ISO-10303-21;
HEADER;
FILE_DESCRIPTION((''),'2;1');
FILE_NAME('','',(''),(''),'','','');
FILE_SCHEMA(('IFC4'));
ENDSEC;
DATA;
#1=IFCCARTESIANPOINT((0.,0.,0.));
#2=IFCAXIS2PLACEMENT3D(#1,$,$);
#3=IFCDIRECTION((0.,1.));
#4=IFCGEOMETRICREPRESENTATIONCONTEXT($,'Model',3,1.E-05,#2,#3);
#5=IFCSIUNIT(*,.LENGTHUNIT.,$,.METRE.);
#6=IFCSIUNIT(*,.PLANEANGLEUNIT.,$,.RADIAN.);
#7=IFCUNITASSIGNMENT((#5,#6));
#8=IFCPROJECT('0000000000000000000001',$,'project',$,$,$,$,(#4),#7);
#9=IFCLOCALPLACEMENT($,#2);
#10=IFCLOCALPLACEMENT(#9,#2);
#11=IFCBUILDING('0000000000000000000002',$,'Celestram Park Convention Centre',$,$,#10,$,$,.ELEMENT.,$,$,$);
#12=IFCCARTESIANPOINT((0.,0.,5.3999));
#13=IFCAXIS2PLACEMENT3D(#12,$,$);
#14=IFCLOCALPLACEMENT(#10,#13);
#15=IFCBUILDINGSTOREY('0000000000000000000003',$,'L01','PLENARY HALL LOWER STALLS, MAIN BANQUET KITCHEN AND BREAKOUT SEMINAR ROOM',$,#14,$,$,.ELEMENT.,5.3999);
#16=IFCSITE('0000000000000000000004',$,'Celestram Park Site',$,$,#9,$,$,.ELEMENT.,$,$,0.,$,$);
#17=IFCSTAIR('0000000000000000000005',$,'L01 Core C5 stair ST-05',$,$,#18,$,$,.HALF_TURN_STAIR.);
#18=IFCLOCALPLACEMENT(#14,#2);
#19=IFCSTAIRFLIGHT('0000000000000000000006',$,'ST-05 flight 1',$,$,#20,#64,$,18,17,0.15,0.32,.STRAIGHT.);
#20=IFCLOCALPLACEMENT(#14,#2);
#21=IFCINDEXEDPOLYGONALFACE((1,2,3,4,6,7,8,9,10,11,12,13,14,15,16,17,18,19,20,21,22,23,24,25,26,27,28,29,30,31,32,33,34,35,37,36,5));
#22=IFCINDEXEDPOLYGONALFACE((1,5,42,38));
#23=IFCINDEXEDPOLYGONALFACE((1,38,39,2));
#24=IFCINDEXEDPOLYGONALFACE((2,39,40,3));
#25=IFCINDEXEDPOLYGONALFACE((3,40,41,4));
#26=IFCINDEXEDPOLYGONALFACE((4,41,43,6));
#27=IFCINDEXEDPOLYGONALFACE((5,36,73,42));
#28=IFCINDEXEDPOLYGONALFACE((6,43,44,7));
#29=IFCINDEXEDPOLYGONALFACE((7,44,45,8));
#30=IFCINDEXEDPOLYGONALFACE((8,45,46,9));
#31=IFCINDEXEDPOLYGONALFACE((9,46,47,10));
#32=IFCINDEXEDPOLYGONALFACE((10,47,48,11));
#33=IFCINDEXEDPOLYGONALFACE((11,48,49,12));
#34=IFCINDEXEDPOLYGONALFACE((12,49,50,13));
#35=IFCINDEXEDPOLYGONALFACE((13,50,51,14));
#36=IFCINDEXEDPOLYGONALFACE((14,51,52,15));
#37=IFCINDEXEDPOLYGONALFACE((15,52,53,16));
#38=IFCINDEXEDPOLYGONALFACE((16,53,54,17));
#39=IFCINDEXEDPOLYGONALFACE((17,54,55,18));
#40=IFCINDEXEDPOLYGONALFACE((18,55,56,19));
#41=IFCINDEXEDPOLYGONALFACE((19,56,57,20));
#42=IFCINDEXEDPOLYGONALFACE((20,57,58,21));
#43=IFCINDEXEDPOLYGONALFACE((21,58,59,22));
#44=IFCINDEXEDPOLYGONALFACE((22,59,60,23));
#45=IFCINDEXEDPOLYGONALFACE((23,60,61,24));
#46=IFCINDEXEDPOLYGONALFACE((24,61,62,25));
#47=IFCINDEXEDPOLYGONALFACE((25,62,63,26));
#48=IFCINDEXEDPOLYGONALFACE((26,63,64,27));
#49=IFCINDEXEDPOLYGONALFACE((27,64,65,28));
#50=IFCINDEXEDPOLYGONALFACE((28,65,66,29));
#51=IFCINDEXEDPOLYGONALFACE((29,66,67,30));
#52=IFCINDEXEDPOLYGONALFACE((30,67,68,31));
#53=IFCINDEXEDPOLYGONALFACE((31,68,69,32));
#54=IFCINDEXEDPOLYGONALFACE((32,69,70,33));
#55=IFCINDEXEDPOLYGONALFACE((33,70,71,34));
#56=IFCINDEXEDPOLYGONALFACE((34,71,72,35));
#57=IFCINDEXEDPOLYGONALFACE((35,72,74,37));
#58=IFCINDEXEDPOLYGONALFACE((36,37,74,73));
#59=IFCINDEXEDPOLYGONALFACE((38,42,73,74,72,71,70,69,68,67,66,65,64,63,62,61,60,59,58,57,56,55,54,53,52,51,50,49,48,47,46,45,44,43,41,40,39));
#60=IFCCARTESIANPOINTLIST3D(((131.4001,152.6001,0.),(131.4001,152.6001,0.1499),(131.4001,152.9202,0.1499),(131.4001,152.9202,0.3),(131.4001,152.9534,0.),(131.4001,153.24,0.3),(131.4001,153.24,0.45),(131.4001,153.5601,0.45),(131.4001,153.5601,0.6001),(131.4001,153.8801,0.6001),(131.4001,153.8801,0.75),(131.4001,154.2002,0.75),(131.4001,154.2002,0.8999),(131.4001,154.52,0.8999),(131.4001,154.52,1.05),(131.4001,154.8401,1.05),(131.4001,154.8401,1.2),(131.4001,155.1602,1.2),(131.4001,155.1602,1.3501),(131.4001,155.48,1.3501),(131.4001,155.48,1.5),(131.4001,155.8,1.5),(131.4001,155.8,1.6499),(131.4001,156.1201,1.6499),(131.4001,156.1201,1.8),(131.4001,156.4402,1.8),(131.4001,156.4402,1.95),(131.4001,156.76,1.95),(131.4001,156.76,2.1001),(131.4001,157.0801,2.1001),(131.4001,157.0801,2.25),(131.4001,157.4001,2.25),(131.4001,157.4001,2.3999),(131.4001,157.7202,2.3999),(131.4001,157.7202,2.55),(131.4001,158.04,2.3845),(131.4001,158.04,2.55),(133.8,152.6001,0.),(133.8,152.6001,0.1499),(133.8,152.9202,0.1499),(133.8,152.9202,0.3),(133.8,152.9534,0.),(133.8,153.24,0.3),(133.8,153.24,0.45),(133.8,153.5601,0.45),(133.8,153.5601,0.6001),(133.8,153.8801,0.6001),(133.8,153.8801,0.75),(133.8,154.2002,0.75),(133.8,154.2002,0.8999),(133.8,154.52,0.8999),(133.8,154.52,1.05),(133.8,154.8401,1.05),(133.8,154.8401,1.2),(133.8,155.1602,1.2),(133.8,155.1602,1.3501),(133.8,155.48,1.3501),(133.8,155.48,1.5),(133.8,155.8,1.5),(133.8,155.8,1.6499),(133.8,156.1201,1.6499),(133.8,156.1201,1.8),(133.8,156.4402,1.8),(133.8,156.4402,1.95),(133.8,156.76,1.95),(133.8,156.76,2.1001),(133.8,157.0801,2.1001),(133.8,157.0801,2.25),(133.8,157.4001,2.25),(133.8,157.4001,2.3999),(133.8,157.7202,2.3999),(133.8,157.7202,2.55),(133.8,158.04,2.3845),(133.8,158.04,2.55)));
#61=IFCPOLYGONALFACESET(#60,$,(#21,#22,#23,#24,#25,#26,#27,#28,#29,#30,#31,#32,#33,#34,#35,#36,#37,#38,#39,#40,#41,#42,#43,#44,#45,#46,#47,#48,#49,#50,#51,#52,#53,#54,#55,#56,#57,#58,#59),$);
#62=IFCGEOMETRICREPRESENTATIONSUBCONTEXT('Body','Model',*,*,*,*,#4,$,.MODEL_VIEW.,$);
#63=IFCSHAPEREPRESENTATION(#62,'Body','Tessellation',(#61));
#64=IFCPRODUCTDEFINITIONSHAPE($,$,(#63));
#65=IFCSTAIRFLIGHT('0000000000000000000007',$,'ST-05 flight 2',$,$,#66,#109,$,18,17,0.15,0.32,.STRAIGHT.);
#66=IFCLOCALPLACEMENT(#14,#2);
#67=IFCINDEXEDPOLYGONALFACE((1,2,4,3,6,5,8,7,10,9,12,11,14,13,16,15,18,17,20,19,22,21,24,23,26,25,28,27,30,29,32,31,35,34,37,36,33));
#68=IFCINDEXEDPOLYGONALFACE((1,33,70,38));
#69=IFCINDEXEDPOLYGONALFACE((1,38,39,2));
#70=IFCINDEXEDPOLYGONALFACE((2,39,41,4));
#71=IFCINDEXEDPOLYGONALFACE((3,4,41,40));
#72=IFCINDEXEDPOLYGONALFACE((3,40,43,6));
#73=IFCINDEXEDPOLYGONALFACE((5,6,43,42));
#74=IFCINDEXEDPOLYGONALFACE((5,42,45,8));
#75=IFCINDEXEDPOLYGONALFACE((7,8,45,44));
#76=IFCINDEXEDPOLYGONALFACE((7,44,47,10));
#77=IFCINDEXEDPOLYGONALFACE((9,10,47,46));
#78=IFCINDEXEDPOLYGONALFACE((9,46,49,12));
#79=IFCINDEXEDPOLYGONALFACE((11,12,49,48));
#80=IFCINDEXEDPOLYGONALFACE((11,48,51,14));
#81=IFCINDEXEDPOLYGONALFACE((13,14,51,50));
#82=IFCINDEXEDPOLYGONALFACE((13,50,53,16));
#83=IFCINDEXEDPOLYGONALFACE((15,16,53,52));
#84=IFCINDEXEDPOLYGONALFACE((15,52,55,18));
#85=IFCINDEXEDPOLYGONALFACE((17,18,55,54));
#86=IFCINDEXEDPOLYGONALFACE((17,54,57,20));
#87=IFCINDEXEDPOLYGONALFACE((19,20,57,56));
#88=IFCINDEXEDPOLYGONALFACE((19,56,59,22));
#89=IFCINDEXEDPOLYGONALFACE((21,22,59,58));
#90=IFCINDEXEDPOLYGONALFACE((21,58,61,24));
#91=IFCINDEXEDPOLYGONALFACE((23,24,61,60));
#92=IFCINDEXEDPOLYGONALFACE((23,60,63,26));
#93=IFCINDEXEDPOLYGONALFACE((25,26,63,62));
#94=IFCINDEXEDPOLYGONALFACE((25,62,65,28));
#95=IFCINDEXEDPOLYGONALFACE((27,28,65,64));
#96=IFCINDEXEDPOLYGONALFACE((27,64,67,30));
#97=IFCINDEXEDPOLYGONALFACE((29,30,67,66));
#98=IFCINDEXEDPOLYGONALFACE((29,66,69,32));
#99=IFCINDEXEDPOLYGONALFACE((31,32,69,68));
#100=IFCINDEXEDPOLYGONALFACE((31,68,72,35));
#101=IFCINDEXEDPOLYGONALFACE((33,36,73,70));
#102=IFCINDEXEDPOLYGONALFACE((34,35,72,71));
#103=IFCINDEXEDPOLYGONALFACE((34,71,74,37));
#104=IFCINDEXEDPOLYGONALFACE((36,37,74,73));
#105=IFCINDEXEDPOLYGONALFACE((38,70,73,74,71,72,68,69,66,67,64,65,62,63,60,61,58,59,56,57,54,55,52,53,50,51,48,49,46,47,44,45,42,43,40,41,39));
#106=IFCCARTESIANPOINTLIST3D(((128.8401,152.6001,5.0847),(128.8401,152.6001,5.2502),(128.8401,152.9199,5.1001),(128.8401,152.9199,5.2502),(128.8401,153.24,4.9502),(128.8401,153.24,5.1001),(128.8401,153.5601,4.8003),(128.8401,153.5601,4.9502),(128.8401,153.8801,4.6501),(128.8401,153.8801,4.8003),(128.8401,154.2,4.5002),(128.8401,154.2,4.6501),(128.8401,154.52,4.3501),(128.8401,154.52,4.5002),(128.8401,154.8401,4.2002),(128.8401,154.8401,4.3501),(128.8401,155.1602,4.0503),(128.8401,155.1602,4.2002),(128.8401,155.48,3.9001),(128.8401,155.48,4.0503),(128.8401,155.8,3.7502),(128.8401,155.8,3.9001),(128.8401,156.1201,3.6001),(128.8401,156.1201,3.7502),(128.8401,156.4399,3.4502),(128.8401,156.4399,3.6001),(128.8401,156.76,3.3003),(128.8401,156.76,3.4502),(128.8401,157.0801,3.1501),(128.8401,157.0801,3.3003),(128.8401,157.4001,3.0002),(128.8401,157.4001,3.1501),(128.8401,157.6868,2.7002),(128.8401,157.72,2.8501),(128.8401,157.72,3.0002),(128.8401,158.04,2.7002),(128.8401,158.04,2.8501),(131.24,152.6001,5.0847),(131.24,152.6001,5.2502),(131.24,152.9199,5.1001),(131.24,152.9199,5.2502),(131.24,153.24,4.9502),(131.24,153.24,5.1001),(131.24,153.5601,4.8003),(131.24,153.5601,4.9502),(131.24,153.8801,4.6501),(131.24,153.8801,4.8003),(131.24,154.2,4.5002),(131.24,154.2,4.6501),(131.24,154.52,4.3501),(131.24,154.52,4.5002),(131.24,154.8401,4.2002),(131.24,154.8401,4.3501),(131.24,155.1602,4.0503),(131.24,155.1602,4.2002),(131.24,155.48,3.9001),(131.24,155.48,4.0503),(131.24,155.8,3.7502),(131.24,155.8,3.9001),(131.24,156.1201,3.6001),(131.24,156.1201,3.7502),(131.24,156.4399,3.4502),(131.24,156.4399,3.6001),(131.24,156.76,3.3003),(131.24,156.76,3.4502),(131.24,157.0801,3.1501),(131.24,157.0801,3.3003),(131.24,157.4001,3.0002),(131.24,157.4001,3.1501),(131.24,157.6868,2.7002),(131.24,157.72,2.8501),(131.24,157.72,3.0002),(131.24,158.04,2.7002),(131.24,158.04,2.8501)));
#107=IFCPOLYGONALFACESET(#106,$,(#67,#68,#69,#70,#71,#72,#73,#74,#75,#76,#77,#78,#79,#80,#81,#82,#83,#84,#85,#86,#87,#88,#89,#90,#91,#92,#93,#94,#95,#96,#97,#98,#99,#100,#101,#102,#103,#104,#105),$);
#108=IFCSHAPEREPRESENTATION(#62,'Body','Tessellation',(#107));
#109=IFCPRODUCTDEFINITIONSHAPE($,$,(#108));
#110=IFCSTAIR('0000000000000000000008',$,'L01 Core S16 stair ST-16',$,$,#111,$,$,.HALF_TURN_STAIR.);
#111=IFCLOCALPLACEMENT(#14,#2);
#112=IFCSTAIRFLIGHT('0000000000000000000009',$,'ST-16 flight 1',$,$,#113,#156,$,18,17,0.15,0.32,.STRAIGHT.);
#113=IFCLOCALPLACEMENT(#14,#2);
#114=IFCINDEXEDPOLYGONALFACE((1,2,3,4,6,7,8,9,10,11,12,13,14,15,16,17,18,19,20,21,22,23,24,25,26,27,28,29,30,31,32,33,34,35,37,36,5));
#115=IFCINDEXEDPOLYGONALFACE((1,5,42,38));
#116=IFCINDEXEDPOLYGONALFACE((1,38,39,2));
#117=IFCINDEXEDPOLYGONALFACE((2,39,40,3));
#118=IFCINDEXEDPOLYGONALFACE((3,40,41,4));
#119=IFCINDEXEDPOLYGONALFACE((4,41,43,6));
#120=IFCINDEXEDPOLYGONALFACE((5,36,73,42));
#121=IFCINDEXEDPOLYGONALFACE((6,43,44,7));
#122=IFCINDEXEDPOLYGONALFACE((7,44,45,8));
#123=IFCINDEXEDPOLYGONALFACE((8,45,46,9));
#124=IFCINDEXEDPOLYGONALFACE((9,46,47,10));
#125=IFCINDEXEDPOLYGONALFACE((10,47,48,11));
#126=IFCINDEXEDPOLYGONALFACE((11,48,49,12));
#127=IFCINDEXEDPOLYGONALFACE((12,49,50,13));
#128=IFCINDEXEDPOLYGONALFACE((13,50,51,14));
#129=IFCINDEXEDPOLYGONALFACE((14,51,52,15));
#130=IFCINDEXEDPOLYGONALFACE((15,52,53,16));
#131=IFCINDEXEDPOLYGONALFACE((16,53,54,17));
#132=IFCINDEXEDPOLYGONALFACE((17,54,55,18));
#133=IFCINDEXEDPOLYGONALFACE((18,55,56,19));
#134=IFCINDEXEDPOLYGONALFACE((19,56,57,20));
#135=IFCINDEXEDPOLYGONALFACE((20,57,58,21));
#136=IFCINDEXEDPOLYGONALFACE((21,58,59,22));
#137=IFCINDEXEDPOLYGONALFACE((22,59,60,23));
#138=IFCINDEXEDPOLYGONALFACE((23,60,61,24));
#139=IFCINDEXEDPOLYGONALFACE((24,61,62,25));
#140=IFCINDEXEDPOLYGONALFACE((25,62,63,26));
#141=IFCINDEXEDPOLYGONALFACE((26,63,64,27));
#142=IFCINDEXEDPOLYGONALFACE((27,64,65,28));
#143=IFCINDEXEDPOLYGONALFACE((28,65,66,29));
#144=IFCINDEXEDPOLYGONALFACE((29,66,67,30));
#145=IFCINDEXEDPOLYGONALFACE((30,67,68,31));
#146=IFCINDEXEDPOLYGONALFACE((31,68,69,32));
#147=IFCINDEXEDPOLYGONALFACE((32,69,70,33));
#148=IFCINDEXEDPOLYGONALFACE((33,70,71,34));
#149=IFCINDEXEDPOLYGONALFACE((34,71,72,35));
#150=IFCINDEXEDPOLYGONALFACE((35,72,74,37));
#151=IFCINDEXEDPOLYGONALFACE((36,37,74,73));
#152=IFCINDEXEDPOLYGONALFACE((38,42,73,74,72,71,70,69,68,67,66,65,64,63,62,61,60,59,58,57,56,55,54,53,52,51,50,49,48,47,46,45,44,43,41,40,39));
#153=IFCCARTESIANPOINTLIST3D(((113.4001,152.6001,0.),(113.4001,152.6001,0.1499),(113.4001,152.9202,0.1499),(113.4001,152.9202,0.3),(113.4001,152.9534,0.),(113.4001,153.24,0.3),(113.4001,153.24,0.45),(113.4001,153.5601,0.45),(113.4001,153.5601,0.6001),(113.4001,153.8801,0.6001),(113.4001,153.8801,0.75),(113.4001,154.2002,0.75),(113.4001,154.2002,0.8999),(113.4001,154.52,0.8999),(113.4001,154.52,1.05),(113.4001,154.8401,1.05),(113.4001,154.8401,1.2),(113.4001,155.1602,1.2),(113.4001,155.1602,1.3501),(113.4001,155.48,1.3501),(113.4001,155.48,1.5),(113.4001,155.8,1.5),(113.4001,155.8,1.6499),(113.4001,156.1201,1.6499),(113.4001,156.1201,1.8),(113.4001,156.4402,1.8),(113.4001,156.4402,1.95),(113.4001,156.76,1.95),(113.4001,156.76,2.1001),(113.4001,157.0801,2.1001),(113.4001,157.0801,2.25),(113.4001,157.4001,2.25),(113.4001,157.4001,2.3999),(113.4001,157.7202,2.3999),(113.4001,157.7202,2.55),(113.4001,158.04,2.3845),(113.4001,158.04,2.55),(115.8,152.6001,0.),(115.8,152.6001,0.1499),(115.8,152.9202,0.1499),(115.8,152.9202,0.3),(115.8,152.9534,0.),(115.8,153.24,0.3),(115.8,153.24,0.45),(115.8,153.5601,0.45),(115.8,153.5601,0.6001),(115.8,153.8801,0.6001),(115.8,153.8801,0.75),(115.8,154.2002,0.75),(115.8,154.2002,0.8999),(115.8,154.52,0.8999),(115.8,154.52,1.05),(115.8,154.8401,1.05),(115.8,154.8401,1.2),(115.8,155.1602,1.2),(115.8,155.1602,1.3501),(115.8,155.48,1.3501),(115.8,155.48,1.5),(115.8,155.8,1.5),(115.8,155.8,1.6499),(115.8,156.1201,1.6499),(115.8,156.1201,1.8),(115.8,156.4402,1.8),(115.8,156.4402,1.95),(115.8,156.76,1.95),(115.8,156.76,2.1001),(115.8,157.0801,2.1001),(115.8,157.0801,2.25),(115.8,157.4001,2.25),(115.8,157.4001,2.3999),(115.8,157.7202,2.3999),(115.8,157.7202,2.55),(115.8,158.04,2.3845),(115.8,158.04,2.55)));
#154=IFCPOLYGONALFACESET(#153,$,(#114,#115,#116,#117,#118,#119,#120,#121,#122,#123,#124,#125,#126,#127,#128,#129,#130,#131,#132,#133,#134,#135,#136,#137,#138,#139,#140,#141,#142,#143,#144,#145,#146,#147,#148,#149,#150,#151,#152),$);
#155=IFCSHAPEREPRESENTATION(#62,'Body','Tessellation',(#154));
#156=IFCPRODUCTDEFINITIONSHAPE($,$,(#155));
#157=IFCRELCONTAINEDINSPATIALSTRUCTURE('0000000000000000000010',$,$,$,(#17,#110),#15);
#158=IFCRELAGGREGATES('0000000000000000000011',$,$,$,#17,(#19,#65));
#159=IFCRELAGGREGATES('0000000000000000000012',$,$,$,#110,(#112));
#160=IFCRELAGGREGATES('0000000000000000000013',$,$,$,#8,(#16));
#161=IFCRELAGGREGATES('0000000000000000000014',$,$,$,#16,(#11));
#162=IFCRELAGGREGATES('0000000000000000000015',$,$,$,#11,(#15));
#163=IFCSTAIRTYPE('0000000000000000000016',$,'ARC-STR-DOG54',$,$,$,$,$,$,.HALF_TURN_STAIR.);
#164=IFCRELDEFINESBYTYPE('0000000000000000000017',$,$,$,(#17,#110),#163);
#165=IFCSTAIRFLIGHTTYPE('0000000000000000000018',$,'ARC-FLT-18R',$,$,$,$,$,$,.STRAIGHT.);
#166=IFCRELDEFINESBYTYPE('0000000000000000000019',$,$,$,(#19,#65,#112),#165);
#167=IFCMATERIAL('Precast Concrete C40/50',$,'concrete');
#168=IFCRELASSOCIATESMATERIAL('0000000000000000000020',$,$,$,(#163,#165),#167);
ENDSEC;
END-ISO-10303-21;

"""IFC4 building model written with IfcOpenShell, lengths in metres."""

from ifc_helpers import new_model, si_unit, direction, frame, origin, place, context, subcontext, project, spatial, polyline, outline, extrude, material, type_object, element, aggregate, save


model = new_model("IFC4")

# Units and contexts
model_context = context("Model", 3, precision=1e-05, world=origin(), true_north=direction((0.0, 1.0)))
body_context = subcontext(model_context, "Body", "Model", "MODEL_VIEW")
ifc_project = project(units=[si_unit("LENGTHUNIT", "METRE"), si_unit("PLANEANGLEUNIT", "RADIAN")], contexts=[model_context])

# Site, building, storey
site_placement = place(None, origin())
site = spatial("IfcSite", under=ifc_project, at=site_placement, Name="Celestram Park Site", CompositionType="ELEMENT", RefElevation=0.0)
building_placement = place(site_placement, origin())
building = spatial("IfcBuilding", under=site, at=building_placement, Name="Celestram Park Convention Centre", CompositionType="ELEMENT")
storey_placement = place(building_placement, frame((0.0, 0.0, 5.3999)))
storey = spatial("IfcBuildingStorey", under=building, at=storey_placement, Name="L01", Description="PLENARY HALL LOWER STALLS, MAIN BANQUET KITCHEN AND BREAKOUT SEMINAR ROOM", CompositionType="ELEMENT", Elevation=5.3999)

# Stair, stair flights
ifc_material_1 = material(Name="Precast Concrete C40/50", Category="concrete")
stair_type = type_object("IfcStairType", Name="ARC-STR-DOG54", PredefinedType="HALF_TURN_STAIR", material=ifc_material_1)
stair_1_placement = place(storey_placement, origin())
stair_1 = element("IfcStair", 1, at=stair_1_placement, inside=storey, type_object=stair_type, Name="L01 Core C5 stair ST-05", PredefinedType="HALF_TURN_STAIR")
stair_flight_type = type_object("IfcStairFlightType", Name="ARC-FLT-18R", PredefinedType="STRAIGHT", material=ifc_material_1)
stair_flight_1_placement = place(storey_placement, frame((132.6001, 152.6001, 0.0), z_axis=(0.0, 0.0, 1.0), x_axis=(0.0, 1.0, 0.0)))
stair_flight_1 = element("IfcStairFlight", 2, at=stair_flight_1_placement, type_object=stair_flight_type, Name="ST-05 flight 1", NumberOfRisers=18, NumberOfTreads=17, PredefinedType="STRAIGHT", RiserHeight=0.15, TreadLength=0.32, context=body_context, shape_type="SweptSolid", body=[
    extrude(outline(polyline([(0.0, 0.0), (0.0, 0.1499), (0.3201, 0.1499), (0.3201, 0.3), (0.6399, 0.3), (0.6399, 0.45), (0.96, 0.45), (0.96, 0.6001), (1.28, 0.6001), (1.28, 0.75), (1.6001, 0.75), (1.6001, 0.8999), (1.9199, 0.8999), (1.9199, 1.05), (2.24, 1.05), (2.24, 1.2), (2.5601, 1.2), (2.5601, 1.3501), (2.8799, 1.3501), (2.8799, 1.5), (3.2, 1.5), (3.2, 1.6499), (3.52, 1.6499), (3.52, 1.8), (3.8401, 1.8), (3.8401, 1.95), (4.1599, 1.95), (4.1599, 2.1001), (4.48, 2.1001), (4.48, 2.25), (4.8, 2.25), (4.8, 2.3999), (5.1201, 2.3999), (5.1201, 2.55), (5.4399, 2.55), (5.4399, 2.7), (5.4399, 2.3845), (0.3533, 0.0), (0.0, 0.0)])), frame((0.0, 1.2, 0.0), z_axis=(0.0, -1.0, 0.0), x_axis=(1.0, 0.0, 0.0)), (0.0, 0.0, 1.0), 2.3999),
])
stair_flight_2_placement = place(storey_placement, frame((130.04, 158.04, 2.7002), z_axis=(0.0, 0.0, 1.0), x_axis=(0.0, -1.0, 0.0)))
stair_flight_2 = element("IfcStairFlight", 3, at=stair_flight_2_placement, type_object=stair_flight_type, Name="ST-05 flight 2", NumberOfRisers=18, NumberOfTreads=17, PredefinedType="STRAIGHT", RiserHeight=0.15, TreadLength=0.32, context=body_context, shape_type="SweptSolid", body=[
    extrude(outline(polyline([(0.0, 0.0), (0.0, 0.1499), (0.3201, 0.1499), (0.3201, 0.3), (0.6399, 0.3), (0.6399, 0.45), (0.96, 0.45), (0.96, 0.6001), (1.28, 0.6001), (1.28, 0.75), (1.6001, 0.75), (1.6001, 0.8999), (1.9199, 0.8999), (1.9199, 1.05), (2.24, 1.05), (2.24, 1.2), (2.5601, 1.2), (2.5601, 1.3501), (2.8799, 1.3501), (2.8799, 1.5), (3.2, 1.5), (3.2, 1.6499), (3.52, 1.6499), (3.52, 1.8), (3.8401, 1.8), (3.8401, 1.95), (4.1599, 1.95), (4.1599, 2.1001), (4.48, 2.1001), (4.48, 2.25), (4.8, 2.25), (4.8, 2.3999), (5.1201, 2.3999), (5.1201, 2.55), (5.4399, 2.55), (5.4399, 2.7), (5.4399, 2.3845), (0.3533, 0.0), (0.0, 0.0)])), frame((0.0, 1.2, 0.0), z_axis=(0.0, -1.0, 0.0), x_axis=(1.0, 0.0, 0.0)), (0.0, 0.0, 1.0), 2.3999),
])
aggregate(stair_1, [stair_flight_1, stair_flight_2])

# Stair, stair flight
stair_2_placement = place(storey_placement, origin())
stair_2 = element("IfcStair", 4, at=stair_2_placement, inside=storey, type_object=stair_type, Name="L01 Core S16 stair ST-16", PredefinedType="HALF_TURN_STAIR")
stair_flight_3_placement = place(storey_placement, frame((114.6001, 152.6001, 0.0), z_axis=(0.0, 0.0, 1.0), x_axis=(0.0, 1.0, 0.0)))
stair_flight_3 = element("IfcStairFlight", 5, at=stair_flight_3_placement, type_object=stair_flight_type, Name="ST-16 flight 1", NumberOfRisers=18, NumberOfTreads=17, PredefinedType="STRAIGHT", RiserHeight=0.15, TreadLength=0.32, context=body_context, shape_type="SweptSolid", body=[
    extrude(outline(polyline([(0.0, 0.0), (0.0, 0.1499), (0.3201, 0.1499), (0.3201, 0.3), (0.6399, 0.3), (0.6399, 0.45), (0.96, 0.45), (0.96, 0.6001), (1.28, 0.6001), (1.28, 0.75), (1.6001, 0.75), (1.6001, 0.8999), (1.9199, 0.8999), (1.9199, 1.05), (2.24, 1.05), (2.24, 1.2), (2.5601, 1.2), (2.5601, 1.3501), (2.8799, 1.3501), (2.8799, 1.5), (3.2, 1.5), (3.2, 1.6499), (3.52, 1.6499), (3.52, 1.8), (3.8401, 1.8), (3.8401, 1.95), (4.1599, 1.95), (4.1599, 2.1001), (4.48, 2.1001), (4.48, 2.25), (4.8, 2.25), (4.8, 2.3999), (5.1201, 2.3999), (5.1201, 2.55), (5.4399, 2.55), (5.4399, 2.7), (5.4399, 2.3845), (0.3533, 0.0), (0.0, 0.0)])), frame((0.0, 1.2, 0.0), z_axis=(0.0, -1.0, 0.0), x_axis=(1.0, 0.0, 0.0)), (0.0, 0.0, 1.0), 2.3999),
])
aggregate(stair_2, [stair_flight_3])

save(model, "model.ifc")
